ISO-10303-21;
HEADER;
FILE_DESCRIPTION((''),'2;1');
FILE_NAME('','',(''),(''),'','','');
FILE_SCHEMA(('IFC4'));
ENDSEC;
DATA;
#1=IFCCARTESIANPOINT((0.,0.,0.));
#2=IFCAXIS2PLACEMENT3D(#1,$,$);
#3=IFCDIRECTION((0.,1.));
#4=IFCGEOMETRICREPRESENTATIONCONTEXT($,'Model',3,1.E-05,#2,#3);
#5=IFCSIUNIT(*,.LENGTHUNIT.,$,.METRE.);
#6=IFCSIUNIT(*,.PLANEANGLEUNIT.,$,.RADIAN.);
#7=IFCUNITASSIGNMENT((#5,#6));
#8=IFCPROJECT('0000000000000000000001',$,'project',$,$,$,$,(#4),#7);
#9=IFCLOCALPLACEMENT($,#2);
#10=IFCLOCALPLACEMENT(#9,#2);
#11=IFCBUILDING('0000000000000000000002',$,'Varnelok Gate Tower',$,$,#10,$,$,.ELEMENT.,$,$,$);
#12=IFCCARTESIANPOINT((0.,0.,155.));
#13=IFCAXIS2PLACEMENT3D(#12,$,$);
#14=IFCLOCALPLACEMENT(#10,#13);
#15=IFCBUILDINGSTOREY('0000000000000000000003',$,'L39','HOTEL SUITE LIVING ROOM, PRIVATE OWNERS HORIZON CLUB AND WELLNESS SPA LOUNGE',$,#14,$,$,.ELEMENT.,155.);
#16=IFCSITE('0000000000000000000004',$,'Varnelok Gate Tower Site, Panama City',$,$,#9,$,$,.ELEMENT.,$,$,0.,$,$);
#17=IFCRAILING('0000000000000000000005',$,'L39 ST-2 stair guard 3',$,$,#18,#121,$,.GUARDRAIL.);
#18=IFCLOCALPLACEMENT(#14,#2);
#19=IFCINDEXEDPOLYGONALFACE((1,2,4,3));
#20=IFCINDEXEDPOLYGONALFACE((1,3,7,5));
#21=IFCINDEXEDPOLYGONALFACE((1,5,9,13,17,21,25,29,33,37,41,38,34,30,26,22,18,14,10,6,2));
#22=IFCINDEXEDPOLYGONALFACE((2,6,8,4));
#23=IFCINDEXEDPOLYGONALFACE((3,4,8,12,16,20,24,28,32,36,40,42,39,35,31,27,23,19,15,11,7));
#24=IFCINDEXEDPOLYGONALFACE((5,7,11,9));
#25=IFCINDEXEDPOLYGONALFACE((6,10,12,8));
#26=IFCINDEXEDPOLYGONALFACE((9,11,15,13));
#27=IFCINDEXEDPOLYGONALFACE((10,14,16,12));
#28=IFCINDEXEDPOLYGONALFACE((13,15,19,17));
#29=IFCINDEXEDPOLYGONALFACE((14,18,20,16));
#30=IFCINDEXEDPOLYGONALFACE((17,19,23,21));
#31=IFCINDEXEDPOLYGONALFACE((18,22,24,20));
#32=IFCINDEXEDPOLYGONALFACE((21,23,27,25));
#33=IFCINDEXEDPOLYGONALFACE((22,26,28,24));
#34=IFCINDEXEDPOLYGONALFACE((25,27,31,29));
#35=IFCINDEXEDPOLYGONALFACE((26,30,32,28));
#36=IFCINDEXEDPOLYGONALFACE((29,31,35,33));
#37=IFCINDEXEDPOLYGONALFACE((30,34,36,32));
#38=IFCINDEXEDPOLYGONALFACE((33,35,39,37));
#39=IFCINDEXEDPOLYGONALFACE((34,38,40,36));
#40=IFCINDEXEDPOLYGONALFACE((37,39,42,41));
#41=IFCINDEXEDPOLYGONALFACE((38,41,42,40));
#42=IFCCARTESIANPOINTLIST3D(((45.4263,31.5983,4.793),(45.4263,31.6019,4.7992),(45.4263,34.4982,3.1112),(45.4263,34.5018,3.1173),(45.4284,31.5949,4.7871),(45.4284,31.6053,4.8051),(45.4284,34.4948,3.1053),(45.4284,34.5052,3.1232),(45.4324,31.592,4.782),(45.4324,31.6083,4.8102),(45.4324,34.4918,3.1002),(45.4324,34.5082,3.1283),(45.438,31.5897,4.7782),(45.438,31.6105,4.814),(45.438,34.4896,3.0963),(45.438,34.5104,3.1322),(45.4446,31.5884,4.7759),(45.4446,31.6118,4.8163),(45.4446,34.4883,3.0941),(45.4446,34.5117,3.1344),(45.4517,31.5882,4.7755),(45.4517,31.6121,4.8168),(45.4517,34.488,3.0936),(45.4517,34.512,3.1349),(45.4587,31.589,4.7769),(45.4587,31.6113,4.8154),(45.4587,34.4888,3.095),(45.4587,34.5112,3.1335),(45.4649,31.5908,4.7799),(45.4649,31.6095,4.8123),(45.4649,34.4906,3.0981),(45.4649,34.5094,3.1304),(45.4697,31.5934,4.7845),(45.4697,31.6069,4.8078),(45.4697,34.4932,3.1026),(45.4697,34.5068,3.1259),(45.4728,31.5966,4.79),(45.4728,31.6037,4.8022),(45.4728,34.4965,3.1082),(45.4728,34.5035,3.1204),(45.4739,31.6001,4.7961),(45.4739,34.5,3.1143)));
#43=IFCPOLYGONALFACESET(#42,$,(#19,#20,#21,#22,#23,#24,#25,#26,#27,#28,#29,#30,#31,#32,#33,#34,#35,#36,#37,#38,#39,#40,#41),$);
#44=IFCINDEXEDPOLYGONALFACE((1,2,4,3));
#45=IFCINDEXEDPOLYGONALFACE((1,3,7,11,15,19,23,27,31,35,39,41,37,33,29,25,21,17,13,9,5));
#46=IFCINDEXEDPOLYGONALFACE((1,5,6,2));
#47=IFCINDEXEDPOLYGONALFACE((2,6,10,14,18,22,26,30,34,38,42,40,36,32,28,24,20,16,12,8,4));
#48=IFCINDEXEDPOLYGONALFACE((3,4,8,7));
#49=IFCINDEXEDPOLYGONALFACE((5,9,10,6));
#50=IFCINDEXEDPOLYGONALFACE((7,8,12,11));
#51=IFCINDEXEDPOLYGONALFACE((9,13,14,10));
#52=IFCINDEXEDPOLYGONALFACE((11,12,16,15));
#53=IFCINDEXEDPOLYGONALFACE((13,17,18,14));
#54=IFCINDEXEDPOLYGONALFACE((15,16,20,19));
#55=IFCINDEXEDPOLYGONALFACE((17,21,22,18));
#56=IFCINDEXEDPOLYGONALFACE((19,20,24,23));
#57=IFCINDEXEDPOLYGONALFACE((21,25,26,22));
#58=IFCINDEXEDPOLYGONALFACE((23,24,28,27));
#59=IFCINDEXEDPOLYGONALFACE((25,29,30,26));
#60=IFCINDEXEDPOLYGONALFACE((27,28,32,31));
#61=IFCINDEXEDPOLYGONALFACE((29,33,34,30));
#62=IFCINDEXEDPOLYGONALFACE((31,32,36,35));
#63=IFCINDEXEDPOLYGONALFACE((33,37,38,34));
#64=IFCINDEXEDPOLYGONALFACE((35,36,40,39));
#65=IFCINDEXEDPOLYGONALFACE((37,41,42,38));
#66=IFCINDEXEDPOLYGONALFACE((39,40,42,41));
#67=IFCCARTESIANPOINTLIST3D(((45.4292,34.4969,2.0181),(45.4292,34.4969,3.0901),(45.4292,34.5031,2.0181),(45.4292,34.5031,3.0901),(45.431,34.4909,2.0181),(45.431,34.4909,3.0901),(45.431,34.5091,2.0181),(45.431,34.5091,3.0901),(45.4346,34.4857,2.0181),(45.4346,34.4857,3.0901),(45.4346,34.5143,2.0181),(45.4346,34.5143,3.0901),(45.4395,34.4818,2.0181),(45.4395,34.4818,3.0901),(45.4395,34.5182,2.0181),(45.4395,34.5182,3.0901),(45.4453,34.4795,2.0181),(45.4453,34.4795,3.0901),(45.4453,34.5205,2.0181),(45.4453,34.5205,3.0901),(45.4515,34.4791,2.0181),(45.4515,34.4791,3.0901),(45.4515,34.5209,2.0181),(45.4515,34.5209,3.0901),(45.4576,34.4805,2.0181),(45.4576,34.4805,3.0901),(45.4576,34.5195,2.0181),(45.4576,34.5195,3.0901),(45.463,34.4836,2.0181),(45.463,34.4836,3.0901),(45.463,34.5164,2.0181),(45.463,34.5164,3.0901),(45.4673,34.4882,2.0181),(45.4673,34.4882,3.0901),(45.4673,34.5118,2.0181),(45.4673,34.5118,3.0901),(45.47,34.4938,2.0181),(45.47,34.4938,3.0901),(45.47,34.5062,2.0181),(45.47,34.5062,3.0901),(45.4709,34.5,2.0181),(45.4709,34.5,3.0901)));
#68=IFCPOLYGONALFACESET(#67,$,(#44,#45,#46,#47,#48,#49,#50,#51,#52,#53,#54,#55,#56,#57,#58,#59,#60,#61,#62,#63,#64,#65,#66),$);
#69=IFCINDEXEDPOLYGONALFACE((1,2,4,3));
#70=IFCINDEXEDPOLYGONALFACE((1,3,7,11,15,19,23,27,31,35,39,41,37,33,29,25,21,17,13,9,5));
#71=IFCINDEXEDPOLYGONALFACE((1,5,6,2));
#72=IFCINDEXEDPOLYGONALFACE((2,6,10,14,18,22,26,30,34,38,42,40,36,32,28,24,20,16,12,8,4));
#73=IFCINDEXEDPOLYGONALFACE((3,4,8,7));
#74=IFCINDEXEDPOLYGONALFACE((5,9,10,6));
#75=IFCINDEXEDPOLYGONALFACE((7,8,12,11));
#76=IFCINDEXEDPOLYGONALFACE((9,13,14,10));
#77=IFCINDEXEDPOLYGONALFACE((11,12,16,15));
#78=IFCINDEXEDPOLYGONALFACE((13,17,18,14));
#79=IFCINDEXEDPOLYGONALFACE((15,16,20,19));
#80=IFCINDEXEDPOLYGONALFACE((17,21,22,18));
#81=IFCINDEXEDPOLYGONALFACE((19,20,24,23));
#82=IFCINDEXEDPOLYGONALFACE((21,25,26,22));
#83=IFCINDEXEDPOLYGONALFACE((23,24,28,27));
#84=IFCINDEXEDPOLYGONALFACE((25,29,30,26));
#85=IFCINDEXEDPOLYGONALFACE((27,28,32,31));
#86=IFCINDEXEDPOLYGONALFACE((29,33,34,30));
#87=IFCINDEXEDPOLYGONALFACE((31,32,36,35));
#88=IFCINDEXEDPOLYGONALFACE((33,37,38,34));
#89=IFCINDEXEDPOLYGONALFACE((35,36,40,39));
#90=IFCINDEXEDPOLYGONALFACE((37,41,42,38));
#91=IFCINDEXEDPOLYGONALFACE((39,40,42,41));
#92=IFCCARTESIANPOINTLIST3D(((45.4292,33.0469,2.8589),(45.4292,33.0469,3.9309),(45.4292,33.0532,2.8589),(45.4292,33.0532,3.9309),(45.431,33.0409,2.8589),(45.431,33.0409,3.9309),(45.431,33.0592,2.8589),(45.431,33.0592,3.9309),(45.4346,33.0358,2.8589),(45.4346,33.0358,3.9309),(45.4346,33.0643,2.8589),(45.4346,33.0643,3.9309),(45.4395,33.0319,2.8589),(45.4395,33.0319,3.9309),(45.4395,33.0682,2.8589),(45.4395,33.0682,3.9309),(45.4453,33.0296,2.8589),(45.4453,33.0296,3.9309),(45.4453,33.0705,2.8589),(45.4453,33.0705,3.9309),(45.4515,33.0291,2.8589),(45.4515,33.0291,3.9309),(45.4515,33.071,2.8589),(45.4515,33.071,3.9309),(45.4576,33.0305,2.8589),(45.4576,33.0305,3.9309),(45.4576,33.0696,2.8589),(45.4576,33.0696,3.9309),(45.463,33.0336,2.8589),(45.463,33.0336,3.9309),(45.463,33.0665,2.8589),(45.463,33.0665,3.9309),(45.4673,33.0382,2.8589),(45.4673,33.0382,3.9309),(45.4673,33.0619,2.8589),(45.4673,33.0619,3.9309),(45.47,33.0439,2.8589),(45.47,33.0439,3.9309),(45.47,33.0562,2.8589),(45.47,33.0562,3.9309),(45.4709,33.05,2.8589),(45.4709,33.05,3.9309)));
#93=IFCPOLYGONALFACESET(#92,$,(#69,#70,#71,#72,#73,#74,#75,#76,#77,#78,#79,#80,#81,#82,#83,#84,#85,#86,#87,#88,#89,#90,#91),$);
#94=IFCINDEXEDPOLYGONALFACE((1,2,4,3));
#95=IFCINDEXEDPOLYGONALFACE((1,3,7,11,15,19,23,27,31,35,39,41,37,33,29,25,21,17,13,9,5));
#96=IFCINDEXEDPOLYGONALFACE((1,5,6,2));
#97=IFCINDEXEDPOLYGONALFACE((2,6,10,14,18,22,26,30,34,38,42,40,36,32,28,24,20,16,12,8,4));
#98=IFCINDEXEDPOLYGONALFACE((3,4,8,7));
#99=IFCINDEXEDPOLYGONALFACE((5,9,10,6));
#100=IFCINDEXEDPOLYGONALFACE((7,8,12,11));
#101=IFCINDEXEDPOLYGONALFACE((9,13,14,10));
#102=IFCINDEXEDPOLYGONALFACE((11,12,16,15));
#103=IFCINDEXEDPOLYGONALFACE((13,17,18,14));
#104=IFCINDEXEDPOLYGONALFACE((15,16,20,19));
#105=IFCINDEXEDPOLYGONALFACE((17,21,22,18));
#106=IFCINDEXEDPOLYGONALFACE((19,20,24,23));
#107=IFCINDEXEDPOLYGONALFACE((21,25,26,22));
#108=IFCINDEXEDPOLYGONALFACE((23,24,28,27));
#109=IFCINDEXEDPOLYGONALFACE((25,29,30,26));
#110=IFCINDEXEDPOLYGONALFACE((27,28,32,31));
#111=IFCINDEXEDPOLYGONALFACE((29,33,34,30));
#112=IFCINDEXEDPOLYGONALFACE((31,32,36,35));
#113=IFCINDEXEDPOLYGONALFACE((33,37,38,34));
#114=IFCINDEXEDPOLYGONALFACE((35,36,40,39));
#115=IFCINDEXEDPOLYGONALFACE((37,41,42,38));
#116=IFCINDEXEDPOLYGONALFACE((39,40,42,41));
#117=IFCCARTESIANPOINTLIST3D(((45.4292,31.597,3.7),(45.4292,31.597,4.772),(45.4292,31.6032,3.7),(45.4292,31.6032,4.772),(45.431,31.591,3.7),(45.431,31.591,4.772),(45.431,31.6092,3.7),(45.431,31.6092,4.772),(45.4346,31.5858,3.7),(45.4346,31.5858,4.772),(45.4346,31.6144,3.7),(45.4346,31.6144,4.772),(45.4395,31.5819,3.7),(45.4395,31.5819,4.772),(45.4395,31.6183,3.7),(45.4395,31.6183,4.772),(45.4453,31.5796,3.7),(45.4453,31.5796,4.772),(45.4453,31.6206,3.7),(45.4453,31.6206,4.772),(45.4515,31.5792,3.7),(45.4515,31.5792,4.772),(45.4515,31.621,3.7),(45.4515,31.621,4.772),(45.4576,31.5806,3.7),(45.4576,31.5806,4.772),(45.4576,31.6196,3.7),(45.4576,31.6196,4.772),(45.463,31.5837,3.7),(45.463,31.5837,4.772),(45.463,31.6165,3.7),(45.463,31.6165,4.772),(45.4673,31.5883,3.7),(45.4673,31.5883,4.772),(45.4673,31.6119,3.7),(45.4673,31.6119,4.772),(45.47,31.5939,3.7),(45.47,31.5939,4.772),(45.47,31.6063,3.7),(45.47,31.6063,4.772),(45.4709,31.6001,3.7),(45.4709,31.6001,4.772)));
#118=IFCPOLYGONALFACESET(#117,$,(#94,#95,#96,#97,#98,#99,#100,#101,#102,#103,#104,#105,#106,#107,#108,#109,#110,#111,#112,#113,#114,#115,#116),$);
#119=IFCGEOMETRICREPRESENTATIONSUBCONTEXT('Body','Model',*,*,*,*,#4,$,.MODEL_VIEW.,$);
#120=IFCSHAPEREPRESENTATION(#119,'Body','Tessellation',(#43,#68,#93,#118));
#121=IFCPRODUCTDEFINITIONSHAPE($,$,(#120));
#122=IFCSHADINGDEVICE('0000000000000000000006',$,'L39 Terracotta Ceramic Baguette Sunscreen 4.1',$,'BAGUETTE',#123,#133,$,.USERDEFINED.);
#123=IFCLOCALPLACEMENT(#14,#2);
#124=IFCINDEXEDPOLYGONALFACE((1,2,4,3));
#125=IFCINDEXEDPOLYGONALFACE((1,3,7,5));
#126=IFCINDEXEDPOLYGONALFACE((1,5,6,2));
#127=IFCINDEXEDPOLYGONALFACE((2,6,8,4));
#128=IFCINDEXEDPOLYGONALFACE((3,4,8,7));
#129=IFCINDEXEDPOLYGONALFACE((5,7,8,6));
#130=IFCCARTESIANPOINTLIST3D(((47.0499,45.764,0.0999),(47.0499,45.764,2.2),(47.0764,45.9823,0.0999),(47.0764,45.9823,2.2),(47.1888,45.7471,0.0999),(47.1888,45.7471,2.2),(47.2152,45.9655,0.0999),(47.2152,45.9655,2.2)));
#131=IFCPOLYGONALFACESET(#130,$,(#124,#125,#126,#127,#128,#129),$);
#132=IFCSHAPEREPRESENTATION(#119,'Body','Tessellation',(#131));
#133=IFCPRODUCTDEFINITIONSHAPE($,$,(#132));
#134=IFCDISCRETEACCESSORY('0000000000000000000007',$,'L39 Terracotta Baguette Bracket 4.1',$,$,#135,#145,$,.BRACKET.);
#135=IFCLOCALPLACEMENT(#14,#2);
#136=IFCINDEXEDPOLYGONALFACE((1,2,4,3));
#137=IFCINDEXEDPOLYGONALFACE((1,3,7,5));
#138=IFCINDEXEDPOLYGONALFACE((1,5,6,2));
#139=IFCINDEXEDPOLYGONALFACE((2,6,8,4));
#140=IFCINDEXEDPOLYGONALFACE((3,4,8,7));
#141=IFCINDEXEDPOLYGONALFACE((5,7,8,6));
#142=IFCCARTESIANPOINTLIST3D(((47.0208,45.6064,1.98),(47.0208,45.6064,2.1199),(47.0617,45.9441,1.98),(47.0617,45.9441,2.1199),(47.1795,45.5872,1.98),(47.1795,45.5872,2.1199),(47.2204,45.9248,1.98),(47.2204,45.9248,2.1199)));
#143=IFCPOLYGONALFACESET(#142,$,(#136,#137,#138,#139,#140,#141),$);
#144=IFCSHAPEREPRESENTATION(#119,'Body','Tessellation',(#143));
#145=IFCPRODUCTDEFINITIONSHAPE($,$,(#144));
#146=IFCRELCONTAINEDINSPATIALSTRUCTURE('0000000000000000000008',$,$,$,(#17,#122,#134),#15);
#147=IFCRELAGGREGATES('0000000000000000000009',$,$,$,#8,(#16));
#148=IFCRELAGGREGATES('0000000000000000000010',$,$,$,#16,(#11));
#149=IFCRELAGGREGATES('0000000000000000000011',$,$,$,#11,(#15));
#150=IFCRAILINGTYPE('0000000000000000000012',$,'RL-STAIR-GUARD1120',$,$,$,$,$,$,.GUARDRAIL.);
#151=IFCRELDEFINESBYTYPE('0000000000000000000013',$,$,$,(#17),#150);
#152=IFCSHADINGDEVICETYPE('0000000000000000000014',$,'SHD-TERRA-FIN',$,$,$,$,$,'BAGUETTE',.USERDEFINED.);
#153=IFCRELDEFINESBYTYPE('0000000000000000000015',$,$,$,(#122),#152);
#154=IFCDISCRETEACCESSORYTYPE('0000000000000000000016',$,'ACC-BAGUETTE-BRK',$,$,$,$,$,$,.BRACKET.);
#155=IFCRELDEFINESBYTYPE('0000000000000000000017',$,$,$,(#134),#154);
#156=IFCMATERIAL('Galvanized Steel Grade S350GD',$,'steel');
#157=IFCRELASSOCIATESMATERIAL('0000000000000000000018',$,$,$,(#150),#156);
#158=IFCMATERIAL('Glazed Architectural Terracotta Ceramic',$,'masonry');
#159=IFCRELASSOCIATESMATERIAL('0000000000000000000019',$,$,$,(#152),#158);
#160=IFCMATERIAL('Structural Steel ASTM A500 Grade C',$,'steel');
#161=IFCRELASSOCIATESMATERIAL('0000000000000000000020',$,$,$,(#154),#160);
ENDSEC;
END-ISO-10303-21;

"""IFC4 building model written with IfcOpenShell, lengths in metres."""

from ifc_helpers import new_model, si_unit, direction, frame, origin, origin_2d, place, context, subcontext, project, spatial, rectangle, circle, extrude, source, transform, mapped, material, type_object, element, save


model = new_model("IFC4")

# Units and contexts
model_context = context("Model", 3, precision=1e-05, world=origin(), true_north=direction((0.0, 1.0)))
body_context = subcontext(model_context, "Body", "Model", "MODEL_VIEW")
ifc_project = project(units=[si_unit("LENGTHUNIT", "METRE"), si_unit("PLANEANGLEUNIT", "RADIAN")], contexts=[model_context])

# Site, building, storey
site_placement = place(None, origin())
site = spatial("IfcSite", under=ifc_project, at=site_placement, Name="Varnelok Gate Tower Site, Panama City", CompositionType="ELEMENT", RefElevation=0.0)
building_placement = place(site_placement, origin())
building = spatial("IfcBuilding", under=site, at=building_placement, Name="Varnelok Gate Tower", CompositionType="ELEMENT")
storey_placement = place(building_placement, frame((0.0, 0.0, 155.0)))
storey = spatial("IfcBuildingStorey", under=building, at=storey_placement, Name="L39", Description="HOTEL SUITE LIVING ROOM, PRIVATE OWNERS HORIZON CLUB AND WELLNESS SPA LOUNGE", CompositionType="ELEMENT", Elevation=155.0)

# Shared definitions
ifc_material_1 = material(Name="Galvanized Steel Grade S350GD", Category="steel")

# Railing
railing_type_1 = type_object("IfcRailingType", Name="RL-STAIR-GUARD1120", PredefinedType="GUARDRAIL", material=ifc_material_1)
railing_1_placement = place(storey_placement, frame((45.45, 34.5, 2.0181)))
element("IfcRailing", 1, at=railing_1_placement, inside=storey, type_object=railing_type_1, Name="L39 ST-2 stair guard 3", PredefinedType="GUARDRAIL", context=body_context, shape_type="SweptSolid", body=[
    extrude(circle(Radius=0.0239, at=origin_2d()), frame((0.0, 0.0, 1.0962), z_axis=(0.0, -0.865039, 0.501705), x_axis=(1.0, 0.0, 0.0)), (0.0, 0.0, 1.0), 3.3523),
    extrude(circle(Radius=0.021, at=origin_2d()), origin(), (0.0, 0.0, 1.0), 1.072),
    extrude(circle(Radius=0.021, at=origin_2d()), frame((0.0, -1.45, 0.8408)), (0.0, 0.0, 1.0), 1.072),
    extrude(circle(Radius=0.021, at=origin_2d()), frame((0.0, -2.8999, 1.6819)), (0.0, 0.0, 1.0), 1.072),
])

# Shading device
ifc_material_2 = material(Name="Glazed Architectural Terracotta Ceramic", Category="masonry")
shading_device_type = type_object("IfcShadingDeviceType", Name="SHD-TERRA-FIN", ElementType="BAGUETTE", PredefinedType="USERDEFINED", material=ifc_material_2)
shared_shape_1 = source(origin(), body_context, "Body", "SweptSolid", [
    extrude(rectangle(XDim=0.1399, YDim=0.22, at=origin_2d()), origin(), (0.0, 0.0, 1.0), 2.1001),
])
shading_device_placement = place(storey_placement, frame((47.1326, 45.8647, 0.0999), z_axis=(0.0, 0.0, 1.0), x_axis=(0.992732, -0.120345, 0.0)))
element("IfcShadingDevice", 2, at=shading_device_placement, inside=storey, type_object=shading_device_type, Name="L39 Terracotta Ceramic Baguette Sunscreen 4.1", ObjectType="BAGUETTE", PredefinedType="USERDEFINED", context=body_context, shape_type="MappedRepresentation", body=[
    mapped(shared_shape_1, transform((0.0, 0.0, 0.0), scale=1.0)),
])

# Discrete accessory
ifc_material_3 = material(Name="Structural Steel ASTM A500 Grade C", Category="steel")
discrete_accessory_type = type_object("IfcDiscreteAccessoryType", Name="ACC-BAGUETTE-BRK", PredefinedType="BRACKET", material=ifc_material_3)
shared_shape_2 = source(origin(), body_context, "Body", "SweptSolid", [
    extrude(rectangle(XDim=0.1599, YDim=0.3401, at=origin_2d()), origin(), (0.0, 0.0, 1.0), 0.1399),
])
discrete_accessory_placement = place(storey_placement, frame((47.1206, 45.7656, 1.98), z_axis=(0.0, 0.0, 1.0), x_axis=(0.992732, -0.120345, 0.0)))
element("IfcDiscreteAccessory", 3, at=discrete_accessory_placement, inside=storey, type_object=discrete_accessory_type, Name="L39 Terracotta Baguette Bracket 4.1", PredefinedType="BRACKET", context=body_context, shape_type="MappedRepresentation", body=[
    mapped(shared_shape_2, transform((0.0, 0.0, 0.0), scale=1.0)),
])

save(model, "model.ifc")
